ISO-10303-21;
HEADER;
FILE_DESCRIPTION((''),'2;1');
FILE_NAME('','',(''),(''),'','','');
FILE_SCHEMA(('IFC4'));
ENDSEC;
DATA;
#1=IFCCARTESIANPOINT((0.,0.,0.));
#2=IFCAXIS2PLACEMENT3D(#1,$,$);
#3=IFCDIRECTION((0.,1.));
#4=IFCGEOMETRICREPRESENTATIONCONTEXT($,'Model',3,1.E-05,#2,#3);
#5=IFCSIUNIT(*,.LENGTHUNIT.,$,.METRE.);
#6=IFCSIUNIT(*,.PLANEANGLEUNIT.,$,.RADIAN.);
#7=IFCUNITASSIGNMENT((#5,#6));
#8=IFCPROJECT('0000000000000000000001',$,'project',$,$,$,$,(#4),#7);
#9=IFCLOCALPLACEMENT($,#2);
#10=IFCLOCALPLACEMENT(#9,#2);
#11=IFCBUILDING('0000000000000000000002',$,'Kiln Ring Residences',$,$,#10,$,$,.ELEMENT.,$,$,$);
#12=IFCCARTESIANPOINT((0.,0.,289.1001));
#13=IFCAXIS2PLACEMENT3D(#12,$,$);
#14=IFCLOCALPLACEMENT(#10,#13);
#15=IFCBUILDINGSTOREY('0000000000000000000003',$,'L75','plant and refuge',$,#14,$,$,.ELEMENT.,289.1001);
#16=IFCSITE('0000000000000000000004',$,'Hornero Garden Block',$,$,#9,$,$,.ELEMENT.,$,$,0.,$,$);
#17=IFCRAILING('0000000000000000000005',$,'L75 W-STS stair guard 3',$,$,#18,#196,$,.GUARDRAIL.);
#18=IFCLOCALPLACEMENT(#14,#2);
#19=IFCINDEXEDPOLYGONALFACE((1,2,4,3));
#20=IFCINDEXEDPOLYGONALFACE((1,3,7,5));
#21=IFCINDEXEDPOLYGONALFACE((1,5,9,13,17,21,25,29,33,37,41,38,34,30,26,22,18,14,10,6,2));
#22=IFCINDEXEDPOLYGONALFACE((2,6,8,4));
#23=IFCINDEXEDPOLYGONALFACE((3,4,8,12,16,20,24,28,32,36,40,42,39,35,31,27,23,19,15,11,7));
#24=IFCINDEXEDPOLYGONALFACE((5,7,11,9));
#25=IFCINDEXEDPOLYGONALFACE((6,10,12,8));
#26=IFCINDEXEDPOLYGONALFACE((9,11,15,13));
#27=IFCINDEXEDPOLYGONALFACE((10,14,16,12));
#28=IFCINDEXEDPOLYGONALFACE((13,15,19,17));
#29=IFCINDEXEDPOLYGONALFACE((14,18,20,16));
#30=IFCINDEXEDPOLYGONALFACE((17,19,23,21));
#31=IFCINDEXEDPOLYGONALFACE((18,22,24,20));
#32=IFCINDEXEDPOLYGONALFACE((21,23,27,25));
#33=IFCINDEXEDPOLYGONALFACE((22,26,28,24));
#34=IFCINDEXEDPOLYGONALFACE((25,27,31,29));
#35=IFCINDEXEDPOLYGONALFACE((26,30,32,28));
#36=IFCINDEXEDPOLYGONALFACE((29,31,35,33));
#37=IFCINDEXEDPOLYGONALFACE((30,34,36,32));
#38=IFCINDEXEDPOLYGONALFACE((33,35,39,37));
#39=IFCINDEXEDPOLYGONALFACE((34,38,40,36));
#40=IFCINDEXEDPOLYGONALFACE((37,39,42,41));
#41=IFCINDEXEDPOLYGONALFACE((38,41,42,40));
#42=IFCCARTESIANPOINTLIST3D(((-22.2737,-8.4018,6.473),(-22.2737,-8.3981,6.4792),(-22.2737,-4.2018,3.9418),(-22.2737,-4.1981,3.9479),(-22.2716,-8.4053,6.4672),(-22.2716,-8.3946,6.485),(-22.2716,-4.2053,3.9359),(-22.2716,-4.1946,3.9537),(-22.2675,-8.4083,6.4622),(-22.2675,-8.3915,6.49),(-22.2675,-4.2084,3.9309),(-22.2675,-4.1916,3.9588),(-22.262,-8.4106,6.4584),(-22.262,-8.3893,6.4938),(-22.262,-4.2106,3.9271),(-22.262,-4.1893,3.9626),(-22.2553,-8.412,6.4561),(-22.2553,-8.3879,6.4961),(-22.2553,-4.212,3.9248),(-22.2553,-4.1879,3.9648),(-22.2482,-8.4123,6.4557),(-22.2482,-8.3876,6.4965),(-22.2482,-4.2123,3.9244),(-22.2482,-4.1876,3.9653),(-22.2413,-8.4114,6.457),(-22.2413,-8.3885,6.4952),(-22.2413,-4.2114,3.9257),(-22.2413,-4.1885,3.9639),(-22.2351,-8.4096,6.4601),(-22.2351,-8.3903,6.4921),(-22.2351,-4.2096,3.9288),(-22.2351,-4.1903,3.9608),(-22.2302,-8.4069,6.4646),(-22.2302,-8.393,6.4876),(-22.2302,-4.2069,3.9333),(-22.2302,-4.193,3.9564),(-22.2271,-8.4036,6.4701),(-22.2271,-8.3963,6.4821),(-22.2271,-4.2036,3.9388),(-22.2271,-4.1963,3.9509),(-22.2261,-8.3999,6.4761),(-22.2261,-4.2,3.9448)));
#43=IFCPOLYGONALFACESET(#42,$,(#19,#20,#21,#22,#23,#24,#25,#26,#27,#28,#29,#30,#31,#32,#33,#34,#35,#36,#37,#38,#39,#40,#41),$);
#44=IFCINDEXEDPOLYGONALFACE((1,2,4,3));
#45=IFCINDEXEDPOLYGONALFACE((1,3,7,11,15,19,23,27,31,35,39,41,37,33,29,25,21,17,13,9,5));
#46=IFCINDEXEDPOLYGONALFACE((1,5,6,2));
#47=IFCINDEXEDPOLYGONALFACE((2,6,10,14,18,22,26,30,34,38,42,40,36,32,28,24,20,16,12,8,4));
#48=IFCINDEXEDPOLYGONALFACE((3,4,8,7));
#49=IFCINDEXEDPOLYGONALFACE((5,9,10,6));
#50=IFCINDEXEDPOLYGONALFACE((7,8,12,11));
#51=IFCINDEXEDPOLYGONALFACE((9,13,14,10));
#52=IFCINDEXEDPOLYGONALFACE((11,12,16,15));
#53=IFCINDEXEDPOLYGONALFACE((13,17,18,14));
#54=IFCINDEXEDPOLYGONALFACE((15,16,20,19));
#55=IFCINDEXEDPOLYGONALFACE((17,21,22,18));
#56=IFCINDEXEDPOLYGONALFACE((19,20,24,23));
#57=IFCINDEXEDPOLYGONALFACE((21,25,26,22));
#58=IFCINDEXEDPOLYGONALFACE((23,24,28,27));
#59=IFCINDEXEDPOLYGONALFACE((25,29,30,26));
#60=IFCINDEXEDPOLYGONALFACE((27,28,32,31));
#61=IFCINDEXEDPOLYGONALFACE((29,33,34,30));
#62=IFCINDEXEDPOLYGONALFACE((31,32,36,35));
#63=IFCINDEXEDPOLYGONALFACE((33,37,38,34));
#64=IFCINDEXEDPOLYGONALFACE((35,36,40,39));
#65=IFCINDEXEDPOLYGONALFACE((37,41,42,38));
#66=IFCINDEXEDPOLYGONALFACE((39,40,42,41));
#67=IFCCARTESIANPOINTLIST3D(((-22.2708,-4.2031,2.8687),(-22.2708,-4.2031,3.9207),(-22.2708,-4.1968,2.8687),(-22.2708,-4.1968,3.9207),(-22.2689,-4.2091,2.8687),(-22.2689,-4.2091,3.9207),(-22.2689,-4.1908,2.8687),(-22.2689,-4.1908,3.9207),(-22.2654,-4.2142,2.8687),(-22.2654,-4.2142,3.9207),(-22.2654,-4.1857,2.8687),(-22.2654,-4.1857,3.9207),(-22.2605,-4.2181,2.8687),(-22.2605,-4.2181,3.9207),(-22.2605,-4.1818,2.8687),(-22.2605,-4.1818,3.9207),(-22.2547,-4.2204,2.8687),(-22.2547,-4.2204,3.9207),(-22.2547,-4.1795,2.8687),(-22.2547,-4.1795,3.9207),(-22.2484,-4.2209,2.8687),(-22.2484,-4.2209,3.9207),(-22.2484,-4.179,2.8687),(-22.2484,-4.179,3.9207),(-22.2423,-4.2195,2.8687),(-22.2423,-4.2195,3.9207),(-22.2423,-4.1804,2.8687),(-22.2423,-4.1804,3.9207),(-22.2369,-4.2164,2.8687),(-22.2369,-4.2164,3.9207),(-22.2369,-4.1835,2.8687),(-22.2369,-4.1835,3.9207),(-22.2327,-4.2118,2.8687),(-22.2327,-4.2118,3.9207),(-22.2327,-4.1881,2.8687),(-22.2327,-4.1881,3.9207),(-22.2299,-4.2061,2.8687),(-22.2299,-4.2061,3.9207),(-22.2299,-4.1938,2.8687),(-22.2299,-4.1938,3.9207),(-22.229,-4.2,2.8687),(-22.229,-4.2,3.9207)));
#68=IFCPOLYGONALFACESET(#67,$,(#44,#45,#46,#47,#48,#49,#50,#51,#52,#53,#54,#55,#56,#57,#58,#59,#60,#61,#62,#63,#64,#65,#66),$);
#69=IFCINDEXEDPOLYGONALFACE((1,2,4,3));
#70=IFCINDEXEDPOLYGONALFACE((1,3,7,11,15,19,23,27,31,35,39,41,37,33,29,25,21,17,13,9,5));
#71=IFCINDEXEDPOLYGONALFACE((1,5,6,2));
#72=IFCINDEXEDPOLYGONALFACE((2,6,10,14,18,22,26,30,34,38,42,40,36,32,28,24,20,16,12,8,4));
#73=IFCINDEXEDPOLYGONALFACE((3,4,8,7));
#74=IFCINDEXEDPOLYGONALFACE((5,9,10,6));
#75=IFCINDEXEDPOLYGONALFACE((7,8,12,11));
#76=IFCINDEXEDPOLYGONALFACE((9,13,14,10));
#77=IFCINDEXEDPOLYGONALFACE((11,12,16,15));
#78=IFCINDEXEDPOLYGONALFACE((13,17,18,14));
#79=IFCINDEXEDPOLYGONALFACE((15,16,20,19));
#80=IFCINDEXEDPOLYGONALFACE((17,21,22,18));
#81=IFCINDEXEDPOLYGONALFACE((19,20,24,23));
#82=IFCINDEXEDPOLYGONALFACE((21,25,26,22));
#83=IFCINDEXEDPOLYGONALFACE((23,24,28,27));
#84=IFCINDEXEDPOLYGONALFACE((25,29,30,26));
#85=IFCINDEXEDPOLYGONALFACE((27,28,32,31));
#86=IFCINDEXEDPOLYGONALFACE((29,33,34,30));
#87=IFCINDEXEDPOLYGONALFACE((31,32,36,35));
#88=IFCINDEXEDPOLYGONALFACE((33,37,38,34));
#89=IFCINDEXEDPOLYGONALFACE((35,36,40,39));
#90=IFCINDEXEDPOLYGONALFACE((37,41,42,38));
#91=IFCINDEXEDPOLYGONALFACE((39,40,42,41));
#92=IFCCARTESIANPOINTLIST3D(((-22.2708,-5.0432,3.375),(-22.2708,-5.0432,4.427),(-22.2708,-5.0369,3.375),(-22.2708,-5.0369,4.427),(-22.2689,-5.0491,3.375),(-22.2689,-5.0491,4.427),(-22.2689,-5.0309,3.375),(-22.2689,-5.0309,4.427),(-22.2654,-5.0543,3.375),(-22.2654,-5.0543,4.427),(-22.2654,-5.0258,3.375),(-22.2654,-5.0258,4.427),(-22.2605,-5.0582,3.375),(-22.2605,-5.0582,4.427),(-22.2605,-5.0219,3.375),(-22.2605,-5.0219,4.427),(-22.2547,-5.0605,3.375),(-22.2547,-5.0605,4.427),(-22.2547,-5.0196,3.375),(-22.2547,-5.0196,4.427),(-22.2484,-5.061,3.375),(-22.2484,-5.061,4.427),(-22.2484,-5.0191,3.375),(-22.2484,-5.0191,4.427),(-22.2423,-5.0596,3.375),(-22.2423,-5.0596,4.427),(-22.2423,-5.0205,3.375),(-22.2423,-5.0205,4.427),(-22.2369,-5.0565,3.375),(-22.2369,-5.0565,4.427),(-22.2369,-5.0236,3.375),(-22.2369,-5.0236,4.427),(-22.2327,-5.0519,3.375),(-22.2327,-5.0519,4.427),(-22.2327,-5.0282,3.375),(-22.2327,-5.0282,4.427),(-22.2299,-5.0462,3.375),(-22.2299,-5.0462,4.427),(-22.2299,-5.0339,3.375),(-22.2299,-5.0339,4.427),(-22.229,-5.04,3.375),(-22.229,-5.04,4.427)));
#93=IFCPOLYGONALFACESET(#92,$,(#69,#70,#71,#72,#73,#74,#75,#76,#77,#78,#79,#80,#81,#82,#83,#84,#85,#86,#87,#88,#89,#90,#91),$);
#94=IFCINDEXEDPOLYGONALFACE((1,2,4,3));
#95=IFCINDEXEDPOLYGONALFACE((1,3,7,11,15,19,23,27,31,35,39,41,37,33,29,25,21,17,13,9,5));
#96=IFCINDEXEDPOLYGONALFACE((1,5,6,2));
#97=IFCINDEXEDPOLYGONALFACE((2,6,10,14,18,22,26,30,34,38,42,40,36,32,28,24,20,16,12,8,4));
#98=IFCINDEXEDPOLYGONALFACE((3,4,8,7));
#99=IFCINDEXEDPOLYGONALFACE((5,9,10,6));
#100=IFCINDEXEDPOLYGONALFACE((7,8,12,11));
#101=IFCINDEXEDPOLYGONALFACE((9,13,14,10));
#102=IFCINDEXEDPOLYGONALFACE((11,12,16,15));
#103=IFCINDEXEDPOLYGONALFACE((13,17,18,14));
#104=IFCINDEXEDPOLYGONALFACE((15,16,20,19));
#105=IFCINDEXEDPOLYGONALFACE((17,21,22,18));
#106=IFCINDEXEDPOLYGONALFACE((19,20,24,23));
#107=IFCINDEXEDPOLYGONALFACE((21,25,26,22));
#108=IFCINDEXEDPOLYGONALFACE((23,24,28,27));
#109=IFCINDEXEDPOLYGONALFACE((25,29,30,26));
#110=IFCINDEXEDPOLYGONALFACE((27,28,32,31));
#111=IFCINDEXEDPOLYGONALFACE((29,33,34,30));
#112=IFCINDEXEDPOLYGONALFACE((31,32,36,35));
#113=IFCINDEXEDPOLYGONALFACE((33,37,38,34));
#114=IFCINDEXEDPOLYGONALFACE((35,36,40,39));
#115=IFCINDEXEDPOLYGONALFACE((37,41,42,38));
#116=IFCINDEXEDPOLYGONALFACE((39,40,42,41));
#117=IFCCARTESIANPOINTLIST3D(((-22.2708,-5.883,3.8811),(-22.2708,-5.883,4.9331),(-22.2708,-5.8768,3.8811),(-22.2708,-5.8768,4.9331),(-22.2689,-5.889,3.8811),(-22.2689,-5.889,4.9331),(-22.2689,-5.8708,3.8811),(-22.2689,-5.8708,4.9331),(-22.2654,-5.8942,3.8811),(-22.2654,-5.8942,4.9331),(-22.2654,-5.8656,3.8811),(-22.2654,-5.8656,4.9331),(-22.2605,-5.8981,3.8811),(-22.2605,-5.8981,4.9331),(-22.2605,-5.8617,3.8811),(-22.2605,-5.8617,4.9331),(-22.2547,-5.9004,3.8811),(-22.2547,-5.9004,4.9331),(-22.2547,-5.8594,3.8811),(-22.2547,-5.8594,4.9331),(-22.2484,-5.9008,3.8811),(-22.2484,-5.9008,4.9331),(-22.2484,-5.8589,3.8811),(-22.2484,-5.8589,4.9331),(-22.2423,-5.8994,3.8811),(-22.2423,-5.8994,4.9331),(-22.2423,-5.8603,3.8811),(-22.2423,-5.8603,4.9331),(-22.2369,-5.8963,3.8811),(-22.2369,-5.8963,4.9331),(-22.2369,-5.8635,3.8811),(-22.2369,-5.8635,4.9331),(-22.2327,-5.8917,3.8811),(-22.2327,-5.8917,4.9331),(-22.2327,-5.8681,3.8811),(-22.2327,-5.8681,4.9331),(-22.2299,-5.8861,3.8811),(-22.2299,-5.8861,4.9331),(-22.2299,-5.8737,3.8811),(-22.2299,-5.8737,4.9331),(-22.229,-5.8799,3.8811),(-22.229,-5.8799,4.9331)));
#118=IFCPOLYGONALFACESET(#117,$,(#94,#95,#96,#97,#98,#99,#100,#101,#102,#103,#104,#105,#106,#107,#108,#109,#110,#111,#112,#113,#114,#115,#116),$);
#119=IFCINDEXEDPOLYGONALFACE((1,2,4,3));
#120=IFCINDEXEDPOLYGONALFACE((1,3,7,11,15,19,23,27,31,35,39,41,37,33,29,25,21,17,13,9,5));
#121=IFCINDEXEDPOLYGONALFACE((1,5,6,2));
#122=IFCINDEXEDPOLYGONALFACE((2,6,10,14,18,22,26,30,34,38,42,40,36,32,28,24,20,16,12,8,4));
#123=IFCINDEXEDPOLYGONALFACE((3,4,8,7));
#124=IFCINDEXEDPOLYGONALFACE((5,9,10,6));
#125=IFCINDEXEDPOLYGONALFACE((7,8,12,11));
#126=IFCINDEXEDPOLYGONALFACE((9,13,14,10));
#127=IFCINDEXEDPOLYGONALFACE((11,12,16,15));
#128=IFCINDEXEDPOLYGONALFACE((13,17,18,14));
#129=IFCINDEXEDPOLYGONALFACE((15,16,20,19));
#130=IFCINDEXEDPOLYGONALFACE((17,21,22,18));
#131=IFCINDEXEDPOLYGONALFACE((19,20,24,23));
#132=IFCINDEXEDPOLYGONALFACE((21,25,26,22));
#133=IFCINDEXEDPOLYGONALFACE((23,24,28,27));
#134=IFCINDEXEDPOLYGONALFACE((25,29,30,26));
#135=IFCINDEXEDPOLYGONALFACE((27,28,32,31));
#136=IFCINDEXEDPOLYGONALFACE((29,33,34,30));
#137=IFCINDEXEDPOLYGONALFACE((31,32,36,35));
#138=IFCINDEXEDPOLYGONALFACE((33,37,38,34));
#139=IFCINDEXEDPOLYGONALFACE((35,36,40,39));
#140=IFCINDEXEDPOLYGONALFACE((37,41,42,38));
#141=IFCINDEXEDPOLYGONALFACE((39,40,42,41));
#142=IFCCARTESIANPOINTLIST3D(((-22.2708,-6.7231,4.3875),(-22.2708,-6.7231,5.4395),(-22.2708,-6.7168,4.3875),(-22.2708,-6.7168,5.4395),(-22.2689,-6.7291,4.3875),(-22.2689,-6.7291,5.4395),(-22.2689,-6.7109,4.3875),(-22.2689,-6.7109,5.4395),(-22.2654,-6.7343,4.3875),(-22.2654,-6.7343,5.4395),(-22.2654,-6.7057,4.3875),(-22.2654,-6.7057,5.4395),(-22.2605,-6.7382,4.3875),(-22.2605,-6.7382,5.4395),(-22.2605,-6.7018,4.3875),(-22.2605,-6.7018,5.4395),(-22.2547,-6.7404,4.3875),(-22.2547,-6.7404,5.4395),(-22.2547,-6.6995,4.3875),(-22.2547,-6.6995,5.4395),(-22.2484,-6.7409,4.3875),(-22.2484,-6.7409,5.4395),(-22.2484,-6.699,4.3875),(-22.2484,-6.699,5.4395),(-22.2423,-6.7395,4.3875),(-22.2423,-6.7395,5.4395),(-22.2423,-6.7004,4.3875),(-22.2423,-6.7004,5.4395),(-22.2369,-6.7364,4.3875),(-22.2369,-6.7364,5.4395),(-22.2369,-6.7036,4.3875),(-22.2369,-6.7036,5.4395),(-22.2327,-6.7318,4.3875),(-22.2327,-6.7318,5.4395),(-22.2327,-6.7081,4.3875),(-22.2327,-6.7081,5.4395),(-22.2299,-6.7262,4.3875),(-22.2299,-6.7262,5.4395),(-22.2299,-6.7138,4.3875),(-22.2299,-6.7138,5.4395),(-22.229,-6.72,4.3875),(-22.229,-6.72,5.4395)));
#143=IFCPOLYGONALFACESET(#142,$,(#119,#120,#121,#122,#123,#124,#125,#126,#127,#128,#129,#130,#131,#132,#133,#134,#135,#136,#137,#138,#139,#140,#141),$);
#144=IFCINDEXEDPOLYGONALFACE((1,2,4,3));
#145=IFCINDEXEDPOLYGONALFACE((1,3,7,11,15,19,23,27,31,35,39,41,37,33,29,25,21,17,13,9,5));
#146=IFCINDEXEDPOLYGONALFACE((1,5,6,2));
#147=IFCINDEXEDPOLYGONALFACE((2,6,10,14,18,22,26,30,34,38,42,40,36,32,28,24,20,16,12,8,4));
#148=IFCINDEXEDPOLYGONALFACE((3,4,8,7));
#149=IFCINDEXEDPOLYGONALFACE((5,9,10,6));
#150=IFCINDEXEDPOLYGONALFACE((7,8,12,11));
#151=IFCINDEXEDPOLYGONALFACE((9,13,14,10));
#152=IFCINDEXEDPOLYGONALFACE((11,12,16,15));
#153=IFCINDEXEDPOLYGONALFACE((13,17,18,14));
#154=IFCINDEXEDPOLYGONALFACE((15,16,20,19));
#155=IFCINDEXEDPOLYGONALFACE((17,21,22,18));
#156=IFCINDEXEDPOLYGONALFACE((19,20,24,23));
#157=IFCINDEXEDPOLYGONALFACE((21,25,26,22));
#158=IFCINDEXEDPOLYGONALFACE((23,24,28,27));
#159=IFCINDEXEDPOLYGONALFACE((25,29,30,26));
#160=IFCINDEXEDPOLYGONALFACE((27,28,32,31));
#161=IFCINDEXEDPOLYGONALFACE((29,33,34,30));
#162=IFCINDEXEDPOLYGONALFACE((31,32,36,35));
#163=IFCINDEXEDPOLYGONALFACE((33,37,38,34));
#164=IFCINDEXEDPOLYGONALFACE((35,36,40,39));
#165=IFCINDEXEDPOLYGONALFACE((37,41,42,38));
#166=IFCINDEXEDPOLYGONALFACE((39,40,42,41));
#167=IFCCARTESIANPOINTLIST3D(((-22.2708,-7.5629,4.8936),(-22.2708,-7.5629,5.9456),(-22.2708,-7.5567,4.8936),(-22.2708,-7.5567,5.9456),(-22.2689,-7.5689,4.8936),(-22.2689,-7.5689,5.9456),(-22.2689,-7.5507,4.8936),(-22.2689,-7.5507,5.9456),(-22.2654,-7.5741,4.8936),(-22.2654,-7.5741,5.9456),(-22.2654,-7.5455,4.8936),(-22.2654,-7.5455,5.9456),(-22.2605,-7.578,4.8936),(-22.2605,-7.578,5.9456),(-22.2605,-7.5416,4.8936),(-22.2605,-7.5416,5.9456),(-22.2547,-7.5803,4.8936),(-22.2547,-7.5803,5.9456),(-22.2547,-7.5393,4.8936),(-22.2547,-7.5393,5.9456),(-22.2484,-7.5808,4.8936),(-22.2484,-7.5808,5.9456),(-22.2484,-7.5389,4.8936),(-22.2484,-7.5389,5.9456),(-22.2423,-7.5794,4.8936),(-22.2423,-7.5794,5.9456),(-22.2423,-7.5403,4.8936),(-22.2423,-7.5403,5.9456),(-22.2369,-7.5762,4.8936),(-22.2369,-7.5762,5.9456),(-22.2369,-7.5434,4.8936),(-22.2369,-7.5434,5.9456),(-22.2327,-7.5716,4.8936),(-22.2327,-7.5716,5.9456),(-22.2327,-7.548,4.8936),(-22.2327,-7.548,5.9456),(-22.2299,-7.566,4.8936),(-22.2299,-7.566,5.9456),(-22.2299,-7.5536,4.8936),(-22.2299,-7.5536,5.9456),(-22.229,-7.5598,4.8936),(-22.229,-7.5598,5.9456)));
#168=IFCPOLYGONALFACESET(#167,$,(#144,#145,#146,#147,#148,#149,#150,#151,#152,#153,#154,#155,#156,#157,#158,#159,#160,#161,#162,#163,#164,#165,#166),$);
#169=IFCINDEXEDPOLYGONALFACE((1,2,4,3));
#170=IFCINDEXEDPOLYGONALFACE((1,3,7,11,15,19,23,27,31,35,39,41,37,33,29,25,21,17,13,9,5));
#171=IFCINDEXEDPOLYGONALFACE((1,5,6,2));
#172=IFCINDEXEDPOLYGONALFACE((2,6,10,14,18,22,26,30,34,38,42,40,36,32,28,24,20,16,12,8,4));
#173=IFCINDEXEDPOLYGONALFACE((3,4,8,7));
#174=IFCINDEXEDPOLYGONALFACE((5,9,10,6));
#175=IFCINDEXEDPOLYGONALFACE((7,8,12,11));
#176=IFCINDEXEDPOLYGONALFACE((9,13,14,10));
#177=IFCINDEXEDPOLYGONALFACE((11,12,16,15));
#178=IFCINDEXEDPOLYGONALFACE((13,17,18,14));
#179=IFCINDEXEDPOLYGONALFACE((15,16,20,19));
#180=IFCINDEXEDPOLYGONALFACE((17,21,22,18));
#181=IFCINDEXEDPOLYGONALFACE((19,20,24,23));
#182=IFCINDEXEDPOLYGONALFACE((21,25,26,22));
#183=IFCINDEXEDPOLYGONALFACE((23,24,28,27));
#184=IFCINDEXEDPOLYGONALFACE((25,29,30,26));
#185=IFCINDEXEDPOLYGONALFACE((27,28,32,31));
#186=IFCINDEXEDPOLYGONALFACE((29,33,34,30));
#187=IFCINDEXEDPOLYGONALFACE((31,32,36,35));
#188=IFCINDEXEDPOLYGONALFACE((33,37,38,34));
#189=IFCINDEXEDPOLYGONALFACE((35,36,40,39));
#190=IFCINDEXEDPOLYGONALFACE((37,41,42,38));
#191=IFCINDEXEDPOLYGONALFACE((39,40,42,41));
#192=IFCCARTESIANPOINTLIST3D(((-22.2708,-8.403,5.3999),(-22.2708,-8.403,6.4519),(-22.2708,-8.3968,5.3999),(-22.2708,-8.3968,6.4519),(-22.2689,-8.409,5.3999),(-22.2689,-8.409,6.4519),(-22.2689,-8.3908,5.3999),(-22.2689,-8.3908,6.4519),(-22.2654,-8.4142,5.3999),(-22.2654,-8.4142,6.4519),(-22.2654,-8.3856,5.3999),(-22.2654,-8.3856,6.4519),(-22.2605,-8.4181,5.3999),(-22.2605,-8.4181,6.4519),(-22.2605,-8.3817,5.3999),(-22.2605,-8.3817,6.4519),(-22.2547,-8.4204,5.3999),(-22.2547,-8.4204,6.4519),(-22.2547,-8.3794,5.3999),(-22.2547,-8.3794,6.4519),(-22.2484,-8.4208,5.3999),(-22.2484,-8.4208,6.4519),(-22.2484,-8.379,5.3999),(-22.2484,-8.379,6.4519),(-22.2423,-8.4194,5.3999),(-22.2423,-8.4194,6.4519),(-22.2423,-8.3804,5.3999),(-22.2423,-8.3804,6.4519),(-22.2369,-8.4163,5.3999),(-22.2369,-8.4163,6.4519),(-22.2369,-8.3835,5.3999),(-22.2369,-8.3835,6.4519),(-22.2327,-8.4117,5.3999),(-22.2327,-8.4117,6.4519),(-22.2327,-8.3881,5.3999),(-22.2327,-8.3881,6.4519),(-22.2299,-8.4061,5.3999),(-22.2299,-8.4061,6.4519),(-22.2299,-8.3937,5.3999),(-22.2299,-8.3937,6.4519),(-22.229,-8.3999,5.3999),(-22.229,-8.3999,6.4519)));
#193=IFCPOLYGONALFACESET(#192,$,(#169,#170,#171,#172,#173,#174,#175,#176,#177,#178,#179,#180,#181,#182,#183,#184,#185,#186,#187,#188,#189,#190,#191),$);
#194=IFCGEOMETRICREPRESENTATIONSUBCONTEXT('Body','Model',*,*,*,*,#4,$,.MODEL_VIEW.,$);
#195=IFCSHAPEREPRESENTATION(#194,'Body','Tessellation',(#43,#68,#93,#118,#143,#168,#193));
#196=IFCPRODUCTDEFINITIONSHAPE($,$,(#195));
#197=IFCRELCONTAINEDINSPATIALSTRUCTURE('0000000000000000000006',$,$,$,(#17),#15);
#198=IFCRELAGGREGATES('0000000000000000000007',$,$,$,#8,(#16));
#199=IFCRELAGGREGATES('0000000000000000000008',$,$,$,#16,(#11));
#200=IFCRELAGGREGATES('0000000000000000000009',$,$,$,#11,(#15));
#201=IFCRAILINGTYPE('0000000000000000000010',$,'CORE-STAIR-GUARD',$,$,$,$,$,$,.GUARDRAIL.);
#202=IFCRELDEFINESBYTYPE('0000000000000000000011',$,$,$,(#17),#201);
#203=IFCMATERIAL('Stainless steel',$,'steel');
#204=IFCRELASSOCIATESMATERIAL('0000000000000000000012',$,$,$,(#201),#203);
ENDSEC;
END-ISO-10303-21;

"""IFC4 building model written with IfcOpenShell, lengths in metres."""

from ifc_helpers import new_model, si_unit, direction, frame, origin, origin_2d, place, context, subcontext, project, spatial, circle, extrude, material, type_object, element, save


model = new_model("IFC4")

# Units and contexts
model_context = context("Model", 3, precision=1e-05, world=origin(), true_north=direction((0.0, 1.0)))
body_context = subcontext(model_context, "Body", "Model", "MODEL_VIEW")
ifc_project = project(units=[si_unit("LENGTHUNIT", "METRE"), si_unit("PLANEANGLEUNIT", "RADIAN")], contexts=[model_context])

# Site, building, storey
site_placement = place(None, origin())
site = spatial("IfcSite", under=ifc_project, at=site_placement, Name="Hornero Garden Block", CompositionType="ELEMENT", RefElevation=0.0)
building_placement = place(site_placement, origin())
building = spatial("IfcBuilding", under=site, at=building_placement, Name="Kiln Ring Residences", CompositionType="ELEMENT")
storey_placement = place(building_placement, frame((0.0, 0.0, 289.1001)))
storey = spatial("IfcBuildingStorey", under=building, at=storey_placement, Name="L75", Description="plant and refuge", CompositionType="ELEMENT", Elevation=289.1001)

# Railing
ifc_material_1 = material(Name="Stainless steel", Category="steel")
railing_type_1 = type_object("IfcRailingType", Name="CORE-STAIR-GUARD", PredefinedType="GUARDRAIL", material=ifc_material_1)
railing_1_placement = place(storey_placement, frame((-22.25, -4.2, 2.8687)))
element("IfcRailing", 1, at=railing_1_placement, inside=storey, type_object=railing_type_1, Name="L75 W-STS stair guard 3", PredefinedType="GUARDRAIL", context=body_context, shape_type="SweptSolid", body=[
    extrude(circle(Radius=0.0239, at=origin_2d()), frame((0.0, 0.0, 1.0762), z_axis=(0.0, -0.856476, 0.516186), x_axis=(1.0, 0.0, 0.0)), (0.0, 0.0, 1.0), 4.9038),
    extrude(circle(Radius=0.021, at=origin_2d()), origin(), (0.0, 0.0, 1.0), 1.052),
    extrude(circle(Radius=0.021, at=origin_2d()), frame((0.0, -0.8401, 0.5063)), (0.0, 0.0, 1.0), 1.052),
    extrude(circle(Radius=0.021, at=origin_2d()), frame((0.0, -1.6799, 1.0125)), (0.0, 0.0, 1.0), 1.052),
    extrude(circle(Radius=0.021, at=origin_2d()), frame((0.0, -2.52, 1.5188)), (0.0, 0.0, 1.0), 1.052),
    extrude(circle(Radius=0.021, at=origin_2d()), frame((0.0, -3.3599, 2.0249)), (0.0, 0.0, 1.0), 1.052),
    extrude(circle(Radius=0.021, at=origin_2d()), frame((0.0, -4.2, 2.5312)), (0.0, 0.0, 1.0), 1.052),
])

save(model, "model.ifc")
